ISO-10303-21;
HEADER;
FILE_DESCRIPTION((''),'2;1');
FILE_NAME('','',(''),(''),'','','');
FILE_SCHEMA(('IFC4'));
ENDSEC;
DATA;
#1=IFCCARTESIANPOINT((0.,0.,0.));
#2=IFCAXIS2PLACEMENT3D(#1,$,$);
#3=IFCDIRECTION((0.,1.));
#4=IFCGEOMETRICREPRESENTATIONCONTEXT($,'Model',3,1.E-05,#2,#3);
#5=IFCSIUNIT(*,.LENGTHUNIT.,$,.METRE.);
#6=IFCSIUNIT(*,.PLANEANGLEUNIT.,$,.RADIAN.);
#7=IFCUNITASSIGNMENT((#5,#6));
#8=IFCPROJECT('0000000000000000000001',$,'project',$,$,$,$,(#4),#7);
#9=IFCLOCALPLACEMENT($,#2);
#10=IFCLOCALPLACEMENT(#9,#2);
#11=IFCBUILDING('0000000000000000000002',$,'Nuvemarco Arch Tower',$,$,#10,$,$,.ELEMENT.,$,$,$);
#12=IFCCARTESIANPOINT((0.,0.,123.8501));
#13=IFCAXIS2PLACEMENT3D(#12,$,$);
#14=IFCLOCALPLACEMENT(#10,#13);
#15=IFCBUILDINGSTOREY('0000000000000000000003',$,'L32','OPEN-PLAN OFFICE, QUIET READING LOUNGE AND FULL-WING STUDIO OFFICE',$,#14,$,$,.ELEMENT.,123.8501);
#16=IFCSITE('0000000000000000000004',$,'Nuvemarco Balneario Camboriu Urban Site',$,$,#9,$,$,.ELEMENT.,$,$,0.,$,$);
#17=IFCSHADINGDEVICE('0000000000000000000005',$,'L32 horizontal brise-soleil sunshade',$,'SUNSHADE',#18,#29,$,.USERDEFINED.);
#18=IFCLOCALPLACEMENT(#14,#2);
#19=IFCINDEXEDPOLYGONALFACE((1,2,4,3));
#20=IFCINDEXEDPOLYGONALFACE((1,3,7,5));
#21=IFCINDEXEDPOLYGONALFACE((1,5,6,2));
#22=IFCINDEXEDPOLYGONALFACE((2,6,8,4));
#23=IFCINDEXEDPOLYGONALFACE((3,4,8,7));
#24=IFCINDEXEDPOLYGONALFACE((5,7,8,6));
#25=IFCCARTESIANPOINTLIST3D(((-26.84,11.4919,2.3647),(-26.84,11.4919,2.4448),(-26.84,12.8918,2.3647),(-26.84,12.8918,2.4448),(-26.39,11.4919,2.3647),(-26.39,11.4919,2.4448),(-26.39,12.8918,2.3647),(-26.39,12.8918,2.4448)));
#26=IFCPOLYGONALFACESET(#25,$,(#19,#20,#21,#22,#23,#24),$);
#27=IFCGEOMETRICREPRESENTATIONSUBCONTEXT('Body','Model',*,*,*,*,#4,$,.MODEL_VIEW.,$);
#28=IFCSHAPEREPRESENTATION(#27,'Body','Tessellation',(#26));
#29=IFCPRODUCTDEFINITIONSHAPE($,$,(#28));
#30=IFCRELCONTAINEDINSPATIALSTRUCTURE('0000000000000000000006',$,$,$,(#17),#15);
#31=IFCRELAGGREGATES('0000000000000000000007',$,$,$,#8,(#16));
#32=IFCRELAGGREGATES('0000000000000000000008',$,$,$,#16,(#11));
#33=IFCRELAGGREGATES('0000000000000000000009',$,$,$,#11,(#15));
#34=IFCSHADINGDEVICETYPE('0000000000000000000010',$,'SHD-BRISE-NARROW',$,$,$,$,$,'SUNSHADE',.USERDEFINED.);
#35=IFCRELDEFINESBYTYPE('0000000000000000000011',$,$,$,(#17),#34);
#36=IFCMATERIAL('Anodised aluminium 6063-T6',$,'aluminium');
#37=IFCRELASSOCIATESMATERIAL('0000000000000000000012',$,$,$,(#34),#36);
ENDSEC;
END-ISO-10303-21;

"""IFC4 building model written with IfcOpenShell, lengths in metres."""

from ifc_helpers import new_model, si_unit, direction, frame, origin, origin_2d, place, context, subcontext, project, spatial, rectangle, extrude, source, transform, mapped, material, type_object, type_shapes, element, save


model = new_model("IFC4")

# Units and contexts
model_context = context("Model", 3, precision=1e-05, world=origin(), true_north=direction((0.0, 1.0)))
body_context = subcontext(model_context, "Body", "Model", "MODEL_VIEW")
ifc_project = project(units=[si_unit("LENGTHUNIT", "METRE"), si_unit("PLANEANGLEUNIT", "RADIAN")], contexts=[model_context])

# Site, building, storey
site_placement = place(None, origin())
site = spatial("IfcSite", under=ifc_project, at=site_placement, Name="Nuvemarco Balneario Camboriu Urban Site", CompositionType="ELEMENT", RefElevation=0.0)
building_placement = place(site_placement, origin())
building = spatial("IfcBuilding", under=site, at=building_placement, Name="Nuvemarco Arch Tower", CompositionType="ELEMENT")
storey_placement = place(building_placement, frame((0.0, 0.0, 123.8501)))
storey = spatial("IfcBuildingStorey", under=building, at=storey_placement, Name="L32", Description="OPEN-PLAN OFFICE, QUIET READING LOUNGE AND FULL-WING STUDIO OFFICE", CompositionType="ELEMENT", Elevation=123.8501)

# Shading device
ifc_material_1 = material(Name="Anodised aluminium 6063-T6", Category="aluminium")
shading_device_type = type_object("IfcShadingDeviceType", Name="SHD-BRISE-NARROW", ElementType="SUNSHADE", PredefinedType="USERDEFINED", material=ifc_material_1)
shared_shape_1 = source(origin(), body_context, "Body", "SweptSolid", [
    extrude(rectangle(XDim=1.3999, YDim=0.45, at=origin_2d()), origin(), (0.0, 0.0, 1.0), 0.0801),
])
type_shapes(shading_device_type, [shared_shape_1])
shading_device_placement = place(storey_placement, frame((-26.615, 12.1919, 2.3647), z_axis=(0.0, 0.0, 1.0), x_axis=(0.0, 1.0, 0.0)))
element("IfcShadingDevice", 1, at=shading_device_placement, inside=storey, type_object=shading_device_type, Name="L32 horizontal brise-soleil sunshade", ObjectType="SUNSHADE", PredefinedType="USERDEFINED", context=body_context, shape_type="MappedRepresentation", body=[
    mapped(shared_shape_1, transform((0.0, 0.0, 0.0), scale=1.0)),
])

save(model, "model.ifc")
